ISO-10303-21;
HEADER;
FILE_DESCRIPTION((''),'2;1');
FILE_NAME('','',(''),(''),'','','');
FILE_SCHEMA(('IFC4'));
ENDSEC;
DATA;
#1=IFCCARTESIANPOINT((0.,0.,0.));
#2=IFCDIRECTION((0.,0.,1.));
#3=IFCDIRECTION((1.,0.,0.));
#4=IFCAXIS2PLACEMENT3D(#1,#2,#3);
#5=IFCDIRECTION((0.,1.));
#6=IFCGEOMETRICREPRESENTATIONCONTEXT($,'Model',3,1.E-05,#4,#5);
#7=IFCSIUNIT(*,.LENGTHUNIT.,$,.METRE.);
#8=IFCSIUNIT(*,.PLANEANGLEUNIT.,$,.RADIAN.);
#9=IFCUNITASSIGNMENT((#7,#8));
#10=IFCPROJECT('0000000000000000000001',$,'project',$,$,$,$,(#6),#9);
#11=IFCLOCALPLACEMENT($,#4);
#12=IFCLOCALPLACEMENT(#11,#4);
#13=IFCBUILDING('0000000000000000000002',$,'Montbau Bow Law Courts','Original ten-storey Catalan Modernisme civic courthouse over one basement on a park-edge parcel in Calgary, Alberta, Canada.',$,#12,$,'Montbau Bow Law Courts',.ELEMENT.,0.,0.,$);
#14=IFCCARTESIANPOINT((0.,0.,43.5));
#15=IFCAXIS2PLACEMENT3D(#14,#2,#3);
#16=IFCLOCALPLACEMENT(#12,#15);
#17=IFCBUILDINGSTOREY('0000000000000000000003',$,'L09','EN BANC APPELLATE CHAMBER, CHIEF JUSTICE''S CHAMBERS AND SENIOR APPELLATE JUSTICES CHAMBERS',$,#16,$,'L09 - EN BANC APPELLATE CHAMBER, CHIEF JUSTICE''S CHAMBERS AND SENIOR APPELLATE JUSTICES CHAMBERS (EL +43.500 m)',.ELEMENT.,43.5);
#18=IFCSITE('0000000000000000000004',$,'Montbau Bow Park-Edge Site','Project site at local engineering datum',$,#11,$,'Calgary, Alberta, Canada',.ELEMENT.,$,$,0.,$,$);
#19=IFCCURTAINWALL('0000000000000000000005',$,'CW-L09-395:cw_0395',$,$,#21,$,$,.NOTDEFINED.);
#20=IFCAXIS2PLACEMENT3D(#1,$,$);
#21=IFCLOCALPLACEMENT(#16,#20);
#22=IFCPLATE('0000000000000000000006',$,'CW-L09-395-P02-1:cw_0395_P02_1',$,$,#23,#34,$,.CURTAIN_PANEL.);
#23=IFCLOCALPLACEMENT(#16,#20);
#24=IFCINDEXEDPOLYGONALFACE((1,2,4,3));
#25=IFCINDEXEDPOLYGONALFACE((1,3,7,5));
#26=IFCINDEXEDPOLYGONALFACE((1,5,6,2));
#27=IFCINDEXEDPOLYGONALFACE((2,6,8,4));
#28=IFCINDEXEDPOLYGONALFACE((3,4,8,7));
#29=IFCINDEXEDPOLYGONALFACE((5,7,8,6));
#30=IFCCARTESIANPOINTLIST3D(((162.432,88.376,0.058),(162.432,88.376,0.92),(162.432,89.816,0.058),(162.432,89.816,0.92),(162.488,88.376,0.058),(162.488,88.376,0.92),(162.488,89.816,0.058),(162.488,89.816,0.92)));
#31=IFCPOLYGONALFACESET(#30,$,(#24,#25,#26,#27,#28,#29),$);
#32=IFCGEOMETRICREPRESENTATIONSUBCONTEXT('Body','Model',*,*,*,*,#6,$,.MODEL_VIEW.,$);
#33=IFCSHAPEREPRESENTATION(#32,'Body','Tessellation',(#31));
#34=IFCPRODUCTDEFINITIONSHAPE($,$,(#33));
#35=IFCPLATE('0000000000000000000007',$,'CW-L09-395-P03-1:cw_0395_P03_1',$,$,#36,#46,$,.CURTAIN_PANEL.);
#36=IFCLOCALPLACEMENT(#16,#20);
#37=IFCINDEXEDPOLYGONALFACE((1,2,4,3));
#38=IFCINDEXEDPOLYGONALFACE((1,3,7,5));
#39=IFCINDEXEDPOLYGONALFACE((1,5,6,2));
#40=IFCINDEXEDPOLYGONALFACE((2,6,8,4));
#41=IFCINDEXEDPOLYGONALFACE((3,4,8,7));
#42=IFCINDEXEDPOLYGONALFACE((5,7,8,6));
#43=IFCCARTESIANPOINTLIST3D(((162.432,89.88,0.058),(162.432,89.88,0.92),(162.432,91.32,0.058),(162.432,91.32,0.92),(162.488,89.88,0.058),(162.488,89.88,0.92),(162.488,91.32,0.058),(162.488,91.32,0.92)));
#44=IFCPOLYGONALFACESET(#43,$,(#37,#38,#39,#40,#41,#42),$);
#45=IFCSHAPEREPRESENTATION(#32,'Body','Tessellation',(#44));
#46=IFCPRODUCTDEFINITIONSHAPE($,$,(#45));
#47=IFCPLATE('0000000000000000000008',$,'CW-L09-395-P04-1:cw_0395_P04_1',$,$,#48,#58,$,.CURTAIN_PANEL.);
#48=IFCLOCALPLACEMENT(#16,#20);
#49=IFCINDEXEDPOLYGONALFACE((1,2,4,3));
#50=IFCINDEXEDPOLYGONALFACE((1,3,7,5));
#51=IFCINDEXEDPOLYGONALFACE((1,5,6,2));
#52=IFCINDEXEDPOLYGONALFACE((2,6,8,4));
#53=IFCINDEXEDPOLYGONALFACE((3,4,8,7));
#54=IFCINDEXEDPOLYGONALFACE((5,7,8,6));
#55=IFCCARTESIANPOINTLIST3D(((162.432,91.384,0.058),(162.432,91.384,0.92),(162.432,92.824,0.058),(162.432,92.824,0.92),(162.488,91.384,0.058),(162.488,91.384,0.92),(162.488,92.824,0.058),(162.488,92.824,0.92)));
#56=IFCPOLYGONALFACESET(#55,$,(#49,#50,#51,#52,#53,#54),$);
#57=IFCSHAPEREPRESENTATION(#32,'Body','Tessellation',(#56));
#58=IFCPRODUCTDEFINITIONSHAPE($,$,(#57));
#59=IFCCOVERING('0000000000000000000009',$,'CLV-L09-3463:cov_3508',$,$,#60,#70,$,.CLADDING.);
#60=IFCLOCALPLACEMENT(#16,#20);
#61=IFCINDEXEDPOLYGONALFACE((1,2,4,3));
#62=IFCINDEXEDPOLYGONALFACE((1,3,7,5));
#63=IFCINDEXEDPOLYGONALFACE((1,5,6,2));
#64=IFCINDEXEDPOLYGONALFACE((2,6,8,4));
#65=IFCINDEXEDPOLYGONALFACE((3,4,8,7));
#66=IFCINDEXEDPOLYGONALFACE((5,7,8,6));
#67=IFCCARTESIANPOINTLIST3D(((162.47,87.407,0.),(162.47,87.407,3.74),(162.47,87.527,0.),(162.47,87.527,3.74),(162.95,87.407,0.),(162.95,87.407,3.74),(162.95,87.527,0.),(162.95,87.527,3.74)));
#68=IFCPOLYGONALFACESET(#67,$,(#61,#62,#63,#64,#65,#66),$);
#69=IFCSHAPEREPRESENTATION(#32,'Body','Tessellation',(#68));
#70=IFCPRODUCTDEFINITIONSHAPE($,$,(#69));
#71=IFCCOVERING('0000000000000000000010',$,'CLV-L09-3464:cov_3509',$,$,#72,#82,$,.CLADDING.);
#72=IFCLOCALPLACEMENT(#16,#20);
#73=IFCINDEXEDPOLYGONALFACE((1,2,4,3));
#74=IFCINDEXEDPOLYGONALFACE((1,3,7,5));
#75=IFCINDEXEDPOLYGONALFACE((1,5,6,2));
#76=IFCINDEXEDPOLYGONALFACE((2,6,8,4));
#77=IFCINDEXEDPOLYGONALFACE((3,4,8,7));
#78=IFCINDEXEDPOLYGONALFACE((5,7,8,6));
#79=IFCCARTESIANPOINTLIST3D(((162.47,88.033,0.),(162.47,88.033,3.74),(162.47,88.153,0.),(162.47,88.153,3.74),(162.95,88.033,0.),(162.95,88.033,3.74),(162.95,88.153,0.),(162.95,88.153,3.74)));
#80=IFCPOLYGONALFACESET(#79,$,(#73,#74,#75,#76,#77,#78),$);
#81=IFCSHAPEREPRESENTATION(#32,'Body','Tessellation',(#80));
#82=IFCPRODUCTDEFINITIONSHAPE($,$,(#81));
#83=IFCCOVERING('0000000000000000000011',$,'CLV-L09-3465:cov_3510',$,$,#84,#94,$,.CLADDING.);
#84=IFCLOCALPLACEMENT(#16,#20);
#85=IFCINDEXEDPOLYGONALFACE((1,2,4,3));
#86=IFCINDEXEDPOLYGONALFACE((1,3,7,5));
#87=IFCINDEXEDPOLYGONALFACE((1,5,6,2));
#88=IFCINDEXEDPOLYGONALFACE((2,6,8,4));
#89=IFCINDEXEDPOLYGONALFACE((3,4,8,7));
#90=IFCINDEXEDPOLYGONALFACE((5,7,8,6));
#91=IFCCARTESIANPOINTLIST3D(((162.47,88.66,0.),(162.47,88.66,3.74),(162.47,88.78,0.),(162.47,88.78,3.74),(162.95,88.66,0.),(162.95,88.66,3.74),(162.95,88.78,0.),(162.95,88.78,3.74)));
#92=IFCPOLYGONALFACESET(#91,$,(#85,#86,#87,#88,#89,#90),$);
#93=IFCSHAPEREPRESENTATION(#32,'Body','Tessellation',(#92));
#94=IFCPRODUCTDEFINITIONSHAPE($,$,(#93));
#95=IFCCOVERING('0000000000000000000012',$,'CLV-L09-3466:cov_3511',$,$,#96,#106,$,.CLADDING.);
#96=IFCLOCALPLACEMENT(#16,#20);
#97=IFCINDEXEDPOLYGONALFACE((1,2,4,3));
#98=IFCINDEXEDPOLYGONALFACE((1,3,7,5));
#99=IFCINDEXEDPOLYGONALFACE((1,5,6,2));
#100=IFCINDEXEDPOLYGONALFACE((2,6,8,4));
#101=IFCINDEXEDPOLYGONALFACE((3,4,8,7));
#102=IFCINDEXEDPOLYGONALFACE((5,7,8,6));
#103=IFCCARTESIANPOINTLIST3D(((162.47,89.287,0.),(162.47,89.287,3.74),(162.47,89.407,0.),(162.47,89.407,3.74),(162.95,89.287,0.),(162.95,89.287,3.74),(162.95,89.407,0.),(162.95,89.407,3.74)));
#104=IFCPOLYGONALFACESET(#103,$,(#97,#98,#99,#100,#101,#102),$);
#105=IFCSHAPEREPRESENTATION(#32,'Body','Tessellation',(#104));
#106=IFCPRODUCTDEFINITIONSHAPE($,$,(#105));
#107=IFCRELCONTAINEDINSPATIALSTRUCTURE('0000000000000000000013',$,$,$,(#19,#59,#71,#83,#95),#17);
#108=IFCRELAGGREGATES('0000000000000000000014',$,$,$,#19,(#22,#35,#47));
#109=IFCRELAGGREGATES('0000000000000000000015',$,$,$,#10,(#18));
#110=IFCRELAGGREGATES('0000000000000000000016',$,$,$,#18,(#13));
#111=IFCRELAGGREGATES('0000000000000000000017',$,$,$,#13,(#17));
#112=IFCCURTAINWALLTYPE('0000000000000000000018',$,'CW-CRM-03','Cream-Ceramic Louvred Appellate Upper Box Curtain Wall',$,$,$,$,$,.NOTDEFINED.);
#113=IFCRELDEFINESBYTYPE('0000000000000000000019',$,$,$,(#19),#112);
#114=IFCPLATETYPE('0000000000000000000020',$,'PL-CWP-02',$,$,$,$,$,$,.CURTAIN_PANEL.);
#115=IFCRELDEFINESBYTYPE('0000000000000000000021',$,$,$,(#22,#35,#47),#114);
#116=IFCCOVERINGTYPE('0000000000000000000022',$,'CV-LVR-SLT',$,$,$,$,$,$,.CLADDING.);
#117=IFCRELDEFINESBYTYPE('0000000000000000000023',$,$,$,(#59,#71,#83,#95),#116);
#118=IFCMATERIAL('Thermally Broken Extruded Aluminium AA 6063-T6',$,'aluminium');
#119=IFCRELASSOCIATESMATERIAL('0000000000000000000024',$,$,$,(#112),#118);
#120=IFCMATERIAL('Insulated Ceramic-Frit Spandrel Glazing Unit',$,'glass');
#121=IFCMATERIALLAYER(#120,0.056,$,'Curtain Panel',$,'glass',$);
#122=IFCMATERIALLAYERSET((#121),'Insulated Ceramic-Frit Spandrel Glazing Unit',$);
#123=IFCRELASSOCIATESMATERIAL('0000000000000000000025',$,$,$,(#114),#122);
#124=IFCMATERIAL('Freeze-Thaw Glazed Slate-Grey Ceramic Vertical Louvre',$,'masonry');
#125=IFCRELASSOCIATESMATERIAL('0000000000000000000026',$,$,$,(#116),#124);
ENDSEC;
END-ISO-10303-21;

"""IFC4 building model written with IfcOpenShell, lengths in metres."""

from ifc_helpers import new_model, si_unit, direction, frame, frame_2d, origin_with_axes, place, context, subcontext, project, spatial, rectangle, extrude, material, layer, layer_set, type_object, element, aggregate, save


model = new_model("IFC4")

# Units and contexts
model_context = context("Model", 3, precision=1e-05, world=origin_with_axes(), true_north=direction((0.0, 1.0)))
body_context = subcontext(model_context, "Body", "Model", "MODEL_VIEW")
ifc_project = project(units=[si_unit("LENGTHUNIT", "METRE"), si_unit("PLANEANGLEUNIT", "RADIAN")], contexts=[model_context])

# Site, building, storey
site_placement = place(None, origin_with_axes())
site = spatial("IfcSite", under=ifc_project, at=site_placement, Name="Montbau Bow Park-Edge Site", Description="Project site at local engineering datum", LongName="Calgary, Alberta, Canada", CompositionType="ELEMENT", RefElevation=0.0)
building_placement = place(site_placement, origin_with_axes())
building = spatial("IfcBuilding", under=site, at=building_placement, Name="Montbau Bow Law Courts", Description="Original ten-storey Catalan Modernisme civic courthouse over one basement on a park-edge parcel in Calgary, Alberta, Canada.", LongName="Montbau Bow Law Courts", CompositionType="ELEMENT", ElevationOfRefHeight=0.0, ElevationOfTerrain=0.0)
storey_placement = place(building_placement, frame((0.0, 0.0, 43.5), z_axis=(0.0, 0.0, 1.0), x_axis=(1.0, 0.0, 0.0)))
storey = spatial("IfcBuildingStorey", under=building, at=storey_placement, Name="L09", Description="EN BANC APPELLATE CHAMBER, CHIEF JUSTICE'S CHAMBERS AND SENIOR APPELLATE JUSTICES CHAMBERS", LongName="L09 - EN BANC APPELLATE CHAMBER, CHIEF JUSTICE'S CHAMBERS AND SENIOR APPELLATE JUSTICES CHAMBERS (EL +43.500 m)", CompositionType="ELEMENT", Elevation=43.5)

# Curtain wall, plates
ifc_material_1 = material(Name="Thermally Broken Extruded Aluminium AA 6063-T6", Category="aluminium")
curtain_wall_type = type_object("IfcCurtainWallType", Name="CW-CRM-03", Description="Cream-Ceramic Louvred Appellate Upper Box Curtain Wall", PredefinedType="NOTDEFINED", material=ifc_material_1)
curtain_wall_placement = place(None, frame((162.46, 86.84, 43.5), z_axis=(0.0, 0.0, 1.0), x_axis=(1.0, 0.0, 0.0)))
curtain_wall = element("IfcCurtainWall", 1, at=curtain_wall_placement, inside=storey, type_object=curtain_wall_type, Name="CW-L09-395:cw_0395", PredefinedType="NOTDEFINED")
ifc_material_2 = material(Name="Insulated Ceramic-Frit Spandrel Glazing Unit", Category="glass")
ifc_layer_1 = layer(ifc_material_2, 0.056, Name="Curtain Panel", Category="glass")
ifc_layer_set_1 = layer_set([ifc_layer_1], Name="Insulated Ceramic-Frit Spandrel Glazing Unit")
plate_type_1 = type_object("IfcPlateType", Name="PL-CWP-02", PredefinedType="CURTAIN_PANEL", material=ifc_layer_set_1)
plate_1_placement = place(None, frame((162.46, 88.376, 43.558), z_axis=(1.0, 0.0, 0.0), x_axis=(0.0, 1.0, 0.0)))
plate_1 = element("IfcPlate", 2, at=plate_1_placement, type_object=plate_type_1, Name="CW-L09-395-P02-1:cw_0395_P02_1", PredefinedType="CURTAIN_PANEL", context=body_context, shape_type="SweptSolid", body=[
    extrude(rectangle(XDim=1.44, YDim=0.862, at=frame_2d((0.72, 0.431), x_axis=(1.0, 0.0))), frame((0.0, 0.0, -0.028), z_axis=(0.0, 0.0, 1.0), x_axis=(1.0, 0.0, 0.0)), (0.0, 0.0, 1.0), 0.056),
])
plate_2_placement = place(None, frame((162.46, 89.88, 43.558), z_axis=(1.0, 0.0, 0.0), x_axis=(0.0, 1.0, 0.0)))
plate_2 = element("IfcPlate", 3, at=plate_2_placement, type_object=plate_type_1, Name="CW-L09-395-P03-1:cw_0395_P03_1", PredefinedType="CURTAIN_PANEL", context=body_context, shape_type="SweptSolid", body=[
    extrude(rectangle(XDim=1.44, YDim=0.862, at=frame_2d((0.72, 0.431), x_axis=(1.0, 0.0))), frame((0.0, 0.0, -0.028), z_axis=(0.0, 0.0, 1.0), x_axis=(1.0, 0.0, 0.0)), (0.0, 0.0, 1.0), 0.056),
])
plate_3_placement = place(None, frame((162.46, 91.384, 43.558), z_axis=(1.0, 0.0, 0.0), x_axis=(0.0, 1.0, 0.0)))
plate_3 = element("IfcPlate", 4, at=plate_3_placement, type_object=plate_type_1, Name="CW-L09-395-P04-1:cw_0395_P04_1", PredefinedType="CURTAIN_PANEL", context=body_context, shape_type="SweptSolid", body=[
    extrude(rectangle(XDim=1.44, YDim=0.862, at=frame_2d((0.72, 0.431), x_axis=(1.0, 0.0))), frame((0.0, 0.0, -0.028), z_axis=(0.0, 0.0, 1.0), x_axis=(1.0, 0.0, 0.0)), (0.0, 0.0, 1.0), 0.056),
])
aggregate(curtain_wall, [plate_1, plate_2, plate_3])

# Coverings
ifc_material_3 = material(Name="Freeze-Thaw Glazed Slate-Grey Ceramic Vertical Louvre", Category="masonry")
covering_type = type_object("IfcCoveringType", Name="CV-LVR-SLT", PredefinedType="CLADDING", material=ifc_material_3)
for number, where, z_axis, x_axis, name in (
    (5, (162.47, 87.467, 43.5), (0.0, -1.0, 0.0), (1.0, 0.0, 0.0), "CLV-L09-3463:cov_3508"),
    (6, (162.47, 88.093, 43.5), (0.0, -1.0, 0.0), (1.0, 0.0, 0.0), "CLV-L09-3464:cov_3509"),
    (7, (162.47, 88.72, 43.5), (0.0, -1.0, 0.0), (1.0, 0.0, 0.0), "CLV-L09-3465:cov_3510"),
    (8, (162.47, 89.347, 43.5), (0.0, -1.0, 0.0), (1.0, 0.0, 0.0), "CLV-L09-3466:cov_3511"),
):
    element("IfcCovering", number, at=place(None, frame(where, z_axis=z_axis, x_axis=x_axis)), inside=storey, type_object=covering_type, Name=name, PredefinedType="CLADDING", context=body_context, shape_type="SweptSolid", body=[
        extrude(rectangle(XDim=0.48, YDim=3.74, at=frame_2d((0.24, 1.87), x_axis=(1.0, 0.0))), frame((0.0, 0.0, -0.06), z_axis=(0.0, 0.0, 1.0), x_axis=(1.0, 0.0, 0.0)), (0.0, 0.0, 1.0), 0.12),
    ])

save(model, "model.ifc")
